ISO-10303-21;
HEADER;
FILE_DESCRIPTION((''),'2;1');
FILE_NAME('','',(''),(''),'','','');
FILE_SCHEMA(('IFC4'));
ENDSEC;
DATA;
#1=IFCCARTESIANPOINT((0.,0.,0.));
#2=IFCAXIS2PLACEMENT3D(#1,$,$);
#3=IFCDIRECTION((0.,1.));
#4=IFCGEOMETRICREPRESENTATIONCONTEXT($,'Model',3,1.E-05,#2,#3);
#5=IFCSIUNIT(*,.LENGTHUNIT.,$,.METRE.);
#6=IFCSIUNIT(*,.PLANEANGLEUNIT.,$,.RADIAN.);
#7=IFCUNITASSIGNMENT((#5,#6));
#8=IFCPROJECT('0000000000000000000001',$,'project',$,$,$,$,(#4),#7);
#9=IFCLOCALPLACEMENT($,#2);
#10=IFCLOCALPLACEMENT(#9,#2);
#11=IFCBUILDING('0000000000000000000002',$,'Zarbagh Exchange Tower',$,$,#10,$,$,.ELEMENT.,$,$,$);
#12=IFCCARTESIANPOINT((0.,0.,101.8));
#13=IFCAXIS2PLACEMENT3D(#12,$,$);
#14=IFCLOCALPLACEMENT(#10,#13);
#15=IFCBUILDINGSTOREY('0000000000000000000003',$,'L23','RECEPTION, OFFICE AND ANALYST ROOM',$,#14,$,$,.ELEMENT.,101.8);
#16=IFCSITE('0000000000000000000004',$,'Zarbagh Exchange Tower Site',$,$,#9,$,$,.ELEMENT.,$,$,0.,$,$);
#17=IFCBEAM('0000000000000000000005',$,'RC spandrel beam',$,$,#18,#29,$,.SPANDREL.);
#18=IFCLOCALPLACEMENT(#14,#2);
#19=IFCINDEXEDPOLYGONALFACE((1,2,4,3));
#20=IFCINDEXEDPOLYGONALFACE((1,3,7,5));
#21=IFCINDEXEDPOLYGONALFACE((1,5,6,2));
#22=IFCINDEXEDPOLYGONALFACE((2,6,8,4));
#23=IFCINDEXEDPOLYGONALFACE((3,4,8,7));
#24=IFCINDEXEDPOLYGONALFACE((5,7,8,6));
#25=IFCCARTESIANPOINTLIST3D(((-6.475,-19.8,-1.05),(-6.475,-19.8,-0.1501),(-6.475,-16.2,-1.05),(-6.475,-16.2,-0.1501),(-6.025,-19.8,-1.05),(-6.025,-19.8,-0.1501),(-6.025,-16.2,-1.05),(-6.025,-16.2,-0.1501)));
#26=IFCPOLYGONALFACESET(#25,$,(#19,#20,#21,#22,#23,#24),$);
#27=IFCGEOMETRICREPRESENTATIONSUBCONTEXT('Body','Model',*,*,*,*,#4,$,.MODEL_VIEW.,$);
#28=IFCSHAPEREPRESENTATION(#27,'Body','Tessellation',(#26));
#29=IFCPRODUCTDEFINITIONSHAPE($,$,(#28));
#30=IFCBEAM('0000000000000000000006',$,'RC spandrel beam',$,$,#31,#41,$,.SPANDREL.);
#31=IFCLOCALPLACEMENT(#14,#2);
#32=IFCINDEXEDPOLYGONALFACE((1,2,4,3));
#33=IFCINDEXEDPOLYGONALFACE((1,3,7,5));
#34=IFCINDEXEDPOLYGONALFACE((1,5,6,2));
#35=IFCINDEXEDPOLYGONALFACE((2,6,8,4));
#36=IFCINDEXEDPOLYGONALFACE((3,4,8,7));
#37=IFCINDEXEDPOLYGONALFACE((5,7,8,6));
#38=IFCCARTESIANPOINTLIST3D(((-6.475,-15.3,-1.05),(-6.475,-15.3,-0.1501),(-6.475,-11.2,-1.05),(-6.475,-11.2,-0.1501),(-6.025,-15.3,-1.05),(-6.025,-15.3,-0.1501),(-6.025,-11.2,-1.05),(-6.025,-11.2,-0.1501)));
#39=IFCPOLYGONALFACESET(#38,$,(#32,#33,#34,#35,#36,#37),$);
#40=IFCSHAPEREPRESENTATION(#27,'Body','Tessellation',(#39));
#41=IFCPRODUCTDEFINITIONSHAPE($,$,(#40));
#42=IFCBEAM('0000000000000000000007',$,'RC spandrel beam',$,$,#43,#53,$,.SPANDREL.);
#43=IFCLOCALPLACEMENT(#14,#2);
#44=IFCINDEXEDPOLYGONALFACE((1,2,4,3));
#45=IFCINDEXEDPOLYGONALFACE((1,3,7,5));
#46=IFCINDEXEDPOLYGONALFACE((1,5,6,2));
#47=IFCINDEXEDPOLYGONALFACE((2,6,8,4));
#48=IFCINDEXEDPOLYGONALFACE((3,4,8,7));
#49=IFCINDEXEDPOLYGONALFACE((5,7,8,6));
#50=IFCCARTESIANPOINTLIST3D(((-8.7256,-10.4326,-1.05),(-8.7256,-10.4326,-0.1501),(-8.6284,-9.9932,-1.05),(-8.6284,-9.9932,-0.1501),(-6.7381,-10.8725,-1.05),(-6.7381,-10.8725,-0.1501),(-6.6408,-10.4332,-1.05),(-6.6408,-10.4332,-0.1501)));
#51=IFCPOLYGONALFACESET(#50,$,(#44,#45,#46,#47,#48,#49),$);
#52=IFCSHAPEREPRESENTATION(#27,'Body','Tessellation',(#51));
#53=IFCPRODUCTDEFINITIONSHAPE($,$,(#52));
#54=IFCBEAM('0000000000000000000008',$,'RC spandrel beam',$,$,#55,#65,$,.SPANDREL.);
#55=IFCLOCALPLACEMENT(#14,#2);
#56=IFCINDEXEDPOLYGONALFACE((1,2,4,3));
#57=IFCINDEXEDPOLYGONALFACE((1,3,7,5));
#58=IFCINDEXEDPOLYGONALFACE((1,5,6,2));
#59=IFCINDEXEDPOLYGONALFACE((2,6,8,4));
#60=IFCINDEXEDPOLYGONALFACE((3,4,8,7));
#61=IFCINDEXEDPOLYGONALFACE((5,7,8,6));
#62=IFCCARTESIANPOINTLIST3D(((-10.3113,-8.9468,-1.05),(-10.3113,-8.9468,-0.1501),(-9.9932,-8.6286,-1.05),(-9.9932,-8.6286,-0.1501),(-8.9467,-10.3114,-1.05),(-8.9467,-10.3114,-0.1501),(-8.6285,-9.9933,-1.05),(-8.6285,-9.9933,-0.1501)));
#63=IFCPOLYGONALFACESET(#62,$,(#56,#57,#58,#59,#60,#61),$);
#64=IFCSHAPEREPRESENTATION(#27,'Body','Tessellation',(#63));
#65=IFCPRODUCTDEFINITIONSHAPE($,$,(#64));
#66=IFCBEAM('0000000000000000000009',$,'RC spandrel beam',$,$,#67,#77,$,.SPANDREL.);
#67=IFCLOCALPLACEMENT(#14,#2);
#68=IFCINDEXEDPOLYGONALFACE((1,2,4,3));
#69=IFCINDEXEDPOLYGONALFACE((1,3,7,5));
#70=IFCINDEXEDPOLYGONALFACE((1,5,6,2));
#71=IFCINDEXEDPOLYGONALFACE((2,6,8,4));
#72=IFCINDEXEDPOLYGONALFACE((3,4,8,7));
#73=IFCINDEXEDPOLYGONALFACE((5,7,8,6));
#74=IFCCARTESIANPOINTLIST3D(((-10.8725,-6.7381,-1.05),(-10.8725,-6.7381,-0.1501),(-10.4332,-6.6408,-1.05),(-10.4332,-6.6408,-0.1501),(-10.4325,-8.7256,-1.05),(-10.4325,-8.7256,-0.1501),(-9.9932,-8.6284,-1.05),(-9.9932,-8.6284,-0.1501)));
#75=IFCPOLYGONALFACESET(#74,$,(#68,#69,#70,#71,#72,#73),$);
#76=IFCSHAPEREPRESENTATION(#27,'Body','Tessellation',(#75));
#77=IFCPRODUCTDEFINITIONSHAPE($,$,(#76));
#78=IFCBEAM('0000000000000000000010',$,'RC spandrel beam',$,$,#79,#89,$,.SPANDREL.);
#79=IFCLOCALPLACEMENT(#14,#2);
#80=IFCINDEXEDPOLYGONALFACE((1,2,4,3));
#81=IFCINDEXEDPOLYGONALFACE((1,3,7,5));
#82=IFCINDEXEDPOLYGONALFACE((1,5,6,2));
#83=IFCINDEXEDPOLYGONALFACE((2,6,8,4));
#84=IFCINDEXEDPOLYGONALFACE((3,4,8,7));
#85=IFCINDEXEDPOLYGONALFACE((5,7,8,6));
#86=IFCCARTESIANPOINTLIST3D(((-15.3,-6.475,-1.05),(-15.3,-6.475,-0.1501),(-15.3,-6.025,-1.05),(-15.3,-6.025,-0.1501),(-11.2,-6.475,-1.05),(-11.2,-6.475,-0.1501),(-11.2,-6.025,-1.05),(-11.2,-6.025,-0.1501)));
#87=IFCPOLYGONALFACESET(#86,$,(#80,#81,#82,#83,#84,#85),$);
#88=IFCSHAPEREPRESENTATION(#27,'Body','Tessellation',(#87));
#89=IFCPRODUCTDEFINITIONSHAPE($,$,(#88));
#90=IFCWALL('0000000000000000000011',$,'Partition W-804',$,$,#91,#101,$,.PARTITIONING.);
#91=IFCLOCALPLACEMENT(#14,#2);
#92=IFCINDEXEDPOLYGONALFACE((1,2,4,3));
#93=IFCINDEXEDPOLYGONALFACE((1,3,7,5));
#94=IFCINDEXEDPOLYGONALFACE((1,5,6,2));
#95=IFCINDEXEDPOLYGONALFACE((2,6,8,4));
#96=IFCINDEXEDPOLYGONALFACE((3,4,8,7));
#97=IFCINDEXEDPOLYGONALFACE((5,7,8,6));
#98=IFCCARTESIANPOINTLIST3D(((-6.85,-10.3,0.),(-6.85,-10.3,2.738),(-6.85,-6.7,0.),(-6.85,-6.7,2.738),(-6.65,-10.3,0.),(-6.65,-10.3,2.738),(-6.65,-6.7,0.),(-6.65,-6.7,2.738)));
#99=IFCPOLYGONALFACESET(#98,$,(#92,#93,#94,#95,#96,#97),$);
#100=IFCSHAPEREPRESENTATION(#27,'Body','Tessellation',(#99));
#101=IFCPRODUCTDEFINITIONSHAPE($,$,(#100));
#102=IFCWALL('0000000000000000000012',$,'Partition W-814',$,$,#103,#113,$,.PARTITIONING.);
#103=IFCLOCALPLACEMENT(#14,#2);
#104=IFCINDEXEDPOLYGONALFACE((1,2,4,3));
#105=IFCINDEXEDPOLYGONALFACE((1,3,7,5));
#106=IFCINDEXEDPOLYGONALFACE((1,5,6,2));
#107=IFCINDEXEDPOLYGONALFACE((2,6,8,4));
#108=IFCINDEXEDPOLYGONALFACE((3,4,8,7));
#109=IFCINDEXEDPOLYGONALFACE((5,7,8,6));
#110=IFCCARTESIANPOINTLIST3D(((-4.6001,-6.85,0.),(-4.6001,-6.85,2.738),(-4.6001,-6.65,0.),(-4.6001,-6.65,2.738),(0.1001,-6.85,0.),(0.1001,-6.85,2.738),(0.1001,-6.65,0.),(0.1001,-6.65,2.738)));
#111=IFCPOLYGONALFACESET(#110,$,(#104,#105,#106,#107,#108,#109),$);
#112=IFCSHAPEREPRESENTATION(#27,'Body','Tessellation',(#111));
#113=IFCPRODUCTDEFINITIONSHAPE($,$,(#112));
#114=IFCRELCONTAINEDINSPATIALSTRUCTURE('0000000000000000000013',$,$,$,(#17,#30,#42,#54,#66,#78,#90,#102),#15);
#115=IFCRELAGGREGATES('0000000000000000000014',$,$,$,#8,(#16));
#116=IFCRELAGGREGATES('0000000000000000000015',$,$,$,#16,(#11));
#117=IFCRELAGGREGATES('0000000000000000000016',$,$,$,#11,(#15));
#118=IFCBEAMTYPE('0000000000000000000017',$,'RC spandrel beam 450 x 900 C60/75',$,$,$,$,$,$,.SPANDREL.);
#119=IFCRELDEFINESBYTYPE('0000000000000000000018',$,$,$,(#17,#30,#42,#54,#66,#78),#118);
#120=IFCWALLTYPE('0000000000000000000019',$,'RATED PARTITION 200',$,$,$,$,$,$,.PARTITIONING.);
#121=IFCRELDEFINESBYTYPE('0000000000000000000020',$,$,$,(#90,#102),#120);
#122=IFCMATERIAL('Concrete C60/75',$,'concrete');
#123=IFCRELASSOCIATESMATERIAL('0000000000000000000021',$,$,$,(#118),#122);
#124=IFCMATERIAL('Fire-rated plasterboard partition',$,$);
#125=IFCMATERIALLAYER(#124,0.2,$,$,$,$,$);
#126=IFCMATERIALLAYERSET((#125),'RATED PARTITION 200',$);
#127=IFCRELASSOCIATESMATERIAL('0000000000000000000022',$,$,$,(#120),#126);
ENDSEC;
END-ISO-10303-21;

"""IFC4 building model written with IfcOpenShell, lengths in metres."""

from ifc_helpers import new_model, si_unit, direction, frame, frame_2d, origin, origin_2d, place, context, subcontext, project, spatial, rectangle, extrude, material, layer, layer_set, material_profile, profile_set, type_object, element, save


model = new_model("IFC4")

# Units and contexts
model_context = context("Model", 3, precision=1e-05, world=origin(), true_north=direction((0.0, 1.0)))
body_context = subcontext(model_context, "Body", "Model", "MODEL_VIEW")
ifc_project = project(units=[si_unit("LENGTHUNIT", "METRE"), si_unit("PLANEANGLEUNIT", "RADIAN")], contexts=[model_context])

# Site, building, storey
site_placement = place(None, origin())
site = spatial("IfcSite", under=ifc_project, at=site_placement, Name="Zarbagh Exchange Tower Site", CompositionType="ELEMENT", RefElevation=0.0)
building_placement = place(site_placement, origin())
building = spatial("IfcBuilding", under=site, at=building_placement, Name="Zarbagh Exchange Tower", CompositionType="ELEMENT")
storey_placement = place(building_placement, frame((0.0, 0.0, 101.8)))
storey = spatial("IfcBuildingStorey", under=building, at=storey_placement, Name="L23", Description="RECEPTION, OFFICE AND ANALYST ROOM", CompositionType="ELEMENT", Elevation=101.8)

# Shared definitions
ifc_material_1 = material(Name="Concrete C60/75", Category="concrete")

# Beams
ifc_material_profile_1 = material_profile(ifc_material_1, rectangle(XDim=0.45, YDim=0.8999, at=origin_2d()), Name="RC spandrel beam 450 x 900 C60/75")
ifc_profile_set_1 = profile_set([ifc_material_profile_1], Name="Concrete C60/75")
beam_type_1 = type_object("IfcBeamType", Name="RC spandrel beam 450 x 900 C60/75", PredefinedType="SPANDREL", material=ifc_profile_set_1)
beam_1_placement = place(storey_placement, frame((-6.25, -19.8, -0.6001), z_axis=(0.0, 1.0, 0.0), x_axis=(-1.0, 0.0, 0.0)))
element("IfcBeam", 1, at=beam_1_placement, inside=storey, type_object=beam_type_1, Name="RC spandrel beam", PredefinedType="SPANDREL", context=body_context, shape_type="SweptSolid", body=[
    extrude(rectangle(XDim=0.45, YDim=0.8999, at=origin_2d()), origin(), (0.0, 0.0, 1.0), 3.6001),
])
beam_2_placement = place(storey_placement, frame((-6.25, -15.3, -0.6001), z_axis=(0.0, 1.0, 0.0), x_axis=(-1.0, 0.0, 0.0)))
element("IfcBeam", 2, at=beam_2_placement, inside=storey, type_object=beam_type_1, Name="RC spandrel beam", PredefinedType="SPANDREL", context=body_context, shape_type="SweptSolid", body=[
    extrude(rectangle(XDim=0.45, YDim=0.8999, at=origin_2d()), origin(), (0.0, 0.0, 1.0), 4.1001),
])
beam_3_placement = place(storey_placement, frame((-6.6895, -10.6528, -0.6001), z_axis=(-0.976367, 0.216118, 0.0), x_axis=(-0.216118, -0.976367, 0.0)))
element("IfcBeam", 3, at=beam_3_placement, inside=storey, type_object=beam_type_1, Name="RC spandrel beam", PredefinedType="SPANDREL", context=body_context, shape_type="SweptSolid", body=[
    extrude(rectangle(XDim=0.45, YDim=0.8999, at=origin_2d()), origin(), (0.0, 0.0, 1.0), 2.0356),
])
beam_4_placement = place(storey_placement, frame((-8.7876, -10.1523, -0.6001), z_axis=(-0.707107, 0.707107, 0.0), x_axis=(-0.707107, -0.707107, 0.0)))
element("IfcBeam", 4, at=beam_4_placement, inside=storey, type_object=beam_type_1, Name="RC spandrel beam", PredefinedType="SPANDREL", context=body_context, shape_type="SweptSolid", body=[
    extrude(rectangle(XDim=0.45, YDim=0.8999, at=origin_2d()), origin(), (0.0, 0.0, 1.0), 1.9299),
])
beam_5_placement = place(storey_placement, frame((-10.2129, -8.677, -0.6001), z_axis=(-0.216118, 0.976367, 0.0), x_axis=(-0.976367, -0.216118, 0.0)))
element("IfcBeam", 5, at=beam_5_placement, inside=storey, type_object=beam_type_1, Name="RC spandrel beam", PredefinedType="SPANDREL", context=body_context, shape_type="SweptSolid", body=[
    extrude(rectangle(XDim=0.45, YDim=0.8999, at=origin_2d()), origin(), (0.0, 0.0, 1.0), 2.0356),
])
beam_6_placement = place(storey_placement, frame((-11.2, -6.25, -0.6001), z_axis=(-1.0, 0.0, 0.0), x_axis=(0.0, -1.0, 0.0)))
element("IfcBeam", 6, at=beam_6_placement, inside=storey, type_object=beam_type_1, Name="RC spandrel beam", PredefinedType="SPANDREL", context=body_context, shape_type="SweptSolid", body=[
    extrude(rectangle(XDim=0.45, YDim=0.8999, at=origin_2d()), origin(), (0.0, 0.0, 1.0), 4.1001),
])

# Walls
ifc_material_2 = material(Name="Fire-rated plasterboard partition")
ifc_layer = layer(ifc_material_2, 0.2)
ifc_layer_set = layer_set([ifc_layer], Name="RATED PARTITION 200")
wall_type = type_object("IfcWallType", Name="RATED PARTITION 200", PredefinedType="PARTITIONING", material=ifc_layer_set)
wall_1_placement = place(storey_placement, frame((-6.75, -10.3, 0.0), z_axis=(0.0, 0.0, 1.0), x_axis=(0.0, 1.0, 0.0)))
element("IfcWall", 7, at=wall_1_placement, inside=storey, type_object=wall_type, Name="Partition W-804", PredefinedType="PARTITIONING", context=body_context, shape_type="SweptSolid", body=[
    extrude(rectangle(XDim=3.6001, YDim=0.2, at=frame_2d((1.8, 0.0))), origin(), (0.0, 0.0, 1.0), 2.738),
])
wall_2_placement = place(storey_placement, frame((-4.6001, -6.75, 0.0), z_axis=(0.0, 0.0, 1.0), x_axis=(1.0, 0.0, 0.0)))
element("IfcWall", 8, at=wall_2_placement, inside=storey, type_object=wall_type, Name="Partition W-814", PredefinedType="PARTITIONING", context=body_context, shape_type="SweptSolid", body=[
    extrude(rectangle(XDim=4.7002, YDim=0.2, at=frame_2d((2.3501, 0.0))), origin(), (0.0, 0.0, 1.0), 2.738),
])

save(model, "model.ifc")
